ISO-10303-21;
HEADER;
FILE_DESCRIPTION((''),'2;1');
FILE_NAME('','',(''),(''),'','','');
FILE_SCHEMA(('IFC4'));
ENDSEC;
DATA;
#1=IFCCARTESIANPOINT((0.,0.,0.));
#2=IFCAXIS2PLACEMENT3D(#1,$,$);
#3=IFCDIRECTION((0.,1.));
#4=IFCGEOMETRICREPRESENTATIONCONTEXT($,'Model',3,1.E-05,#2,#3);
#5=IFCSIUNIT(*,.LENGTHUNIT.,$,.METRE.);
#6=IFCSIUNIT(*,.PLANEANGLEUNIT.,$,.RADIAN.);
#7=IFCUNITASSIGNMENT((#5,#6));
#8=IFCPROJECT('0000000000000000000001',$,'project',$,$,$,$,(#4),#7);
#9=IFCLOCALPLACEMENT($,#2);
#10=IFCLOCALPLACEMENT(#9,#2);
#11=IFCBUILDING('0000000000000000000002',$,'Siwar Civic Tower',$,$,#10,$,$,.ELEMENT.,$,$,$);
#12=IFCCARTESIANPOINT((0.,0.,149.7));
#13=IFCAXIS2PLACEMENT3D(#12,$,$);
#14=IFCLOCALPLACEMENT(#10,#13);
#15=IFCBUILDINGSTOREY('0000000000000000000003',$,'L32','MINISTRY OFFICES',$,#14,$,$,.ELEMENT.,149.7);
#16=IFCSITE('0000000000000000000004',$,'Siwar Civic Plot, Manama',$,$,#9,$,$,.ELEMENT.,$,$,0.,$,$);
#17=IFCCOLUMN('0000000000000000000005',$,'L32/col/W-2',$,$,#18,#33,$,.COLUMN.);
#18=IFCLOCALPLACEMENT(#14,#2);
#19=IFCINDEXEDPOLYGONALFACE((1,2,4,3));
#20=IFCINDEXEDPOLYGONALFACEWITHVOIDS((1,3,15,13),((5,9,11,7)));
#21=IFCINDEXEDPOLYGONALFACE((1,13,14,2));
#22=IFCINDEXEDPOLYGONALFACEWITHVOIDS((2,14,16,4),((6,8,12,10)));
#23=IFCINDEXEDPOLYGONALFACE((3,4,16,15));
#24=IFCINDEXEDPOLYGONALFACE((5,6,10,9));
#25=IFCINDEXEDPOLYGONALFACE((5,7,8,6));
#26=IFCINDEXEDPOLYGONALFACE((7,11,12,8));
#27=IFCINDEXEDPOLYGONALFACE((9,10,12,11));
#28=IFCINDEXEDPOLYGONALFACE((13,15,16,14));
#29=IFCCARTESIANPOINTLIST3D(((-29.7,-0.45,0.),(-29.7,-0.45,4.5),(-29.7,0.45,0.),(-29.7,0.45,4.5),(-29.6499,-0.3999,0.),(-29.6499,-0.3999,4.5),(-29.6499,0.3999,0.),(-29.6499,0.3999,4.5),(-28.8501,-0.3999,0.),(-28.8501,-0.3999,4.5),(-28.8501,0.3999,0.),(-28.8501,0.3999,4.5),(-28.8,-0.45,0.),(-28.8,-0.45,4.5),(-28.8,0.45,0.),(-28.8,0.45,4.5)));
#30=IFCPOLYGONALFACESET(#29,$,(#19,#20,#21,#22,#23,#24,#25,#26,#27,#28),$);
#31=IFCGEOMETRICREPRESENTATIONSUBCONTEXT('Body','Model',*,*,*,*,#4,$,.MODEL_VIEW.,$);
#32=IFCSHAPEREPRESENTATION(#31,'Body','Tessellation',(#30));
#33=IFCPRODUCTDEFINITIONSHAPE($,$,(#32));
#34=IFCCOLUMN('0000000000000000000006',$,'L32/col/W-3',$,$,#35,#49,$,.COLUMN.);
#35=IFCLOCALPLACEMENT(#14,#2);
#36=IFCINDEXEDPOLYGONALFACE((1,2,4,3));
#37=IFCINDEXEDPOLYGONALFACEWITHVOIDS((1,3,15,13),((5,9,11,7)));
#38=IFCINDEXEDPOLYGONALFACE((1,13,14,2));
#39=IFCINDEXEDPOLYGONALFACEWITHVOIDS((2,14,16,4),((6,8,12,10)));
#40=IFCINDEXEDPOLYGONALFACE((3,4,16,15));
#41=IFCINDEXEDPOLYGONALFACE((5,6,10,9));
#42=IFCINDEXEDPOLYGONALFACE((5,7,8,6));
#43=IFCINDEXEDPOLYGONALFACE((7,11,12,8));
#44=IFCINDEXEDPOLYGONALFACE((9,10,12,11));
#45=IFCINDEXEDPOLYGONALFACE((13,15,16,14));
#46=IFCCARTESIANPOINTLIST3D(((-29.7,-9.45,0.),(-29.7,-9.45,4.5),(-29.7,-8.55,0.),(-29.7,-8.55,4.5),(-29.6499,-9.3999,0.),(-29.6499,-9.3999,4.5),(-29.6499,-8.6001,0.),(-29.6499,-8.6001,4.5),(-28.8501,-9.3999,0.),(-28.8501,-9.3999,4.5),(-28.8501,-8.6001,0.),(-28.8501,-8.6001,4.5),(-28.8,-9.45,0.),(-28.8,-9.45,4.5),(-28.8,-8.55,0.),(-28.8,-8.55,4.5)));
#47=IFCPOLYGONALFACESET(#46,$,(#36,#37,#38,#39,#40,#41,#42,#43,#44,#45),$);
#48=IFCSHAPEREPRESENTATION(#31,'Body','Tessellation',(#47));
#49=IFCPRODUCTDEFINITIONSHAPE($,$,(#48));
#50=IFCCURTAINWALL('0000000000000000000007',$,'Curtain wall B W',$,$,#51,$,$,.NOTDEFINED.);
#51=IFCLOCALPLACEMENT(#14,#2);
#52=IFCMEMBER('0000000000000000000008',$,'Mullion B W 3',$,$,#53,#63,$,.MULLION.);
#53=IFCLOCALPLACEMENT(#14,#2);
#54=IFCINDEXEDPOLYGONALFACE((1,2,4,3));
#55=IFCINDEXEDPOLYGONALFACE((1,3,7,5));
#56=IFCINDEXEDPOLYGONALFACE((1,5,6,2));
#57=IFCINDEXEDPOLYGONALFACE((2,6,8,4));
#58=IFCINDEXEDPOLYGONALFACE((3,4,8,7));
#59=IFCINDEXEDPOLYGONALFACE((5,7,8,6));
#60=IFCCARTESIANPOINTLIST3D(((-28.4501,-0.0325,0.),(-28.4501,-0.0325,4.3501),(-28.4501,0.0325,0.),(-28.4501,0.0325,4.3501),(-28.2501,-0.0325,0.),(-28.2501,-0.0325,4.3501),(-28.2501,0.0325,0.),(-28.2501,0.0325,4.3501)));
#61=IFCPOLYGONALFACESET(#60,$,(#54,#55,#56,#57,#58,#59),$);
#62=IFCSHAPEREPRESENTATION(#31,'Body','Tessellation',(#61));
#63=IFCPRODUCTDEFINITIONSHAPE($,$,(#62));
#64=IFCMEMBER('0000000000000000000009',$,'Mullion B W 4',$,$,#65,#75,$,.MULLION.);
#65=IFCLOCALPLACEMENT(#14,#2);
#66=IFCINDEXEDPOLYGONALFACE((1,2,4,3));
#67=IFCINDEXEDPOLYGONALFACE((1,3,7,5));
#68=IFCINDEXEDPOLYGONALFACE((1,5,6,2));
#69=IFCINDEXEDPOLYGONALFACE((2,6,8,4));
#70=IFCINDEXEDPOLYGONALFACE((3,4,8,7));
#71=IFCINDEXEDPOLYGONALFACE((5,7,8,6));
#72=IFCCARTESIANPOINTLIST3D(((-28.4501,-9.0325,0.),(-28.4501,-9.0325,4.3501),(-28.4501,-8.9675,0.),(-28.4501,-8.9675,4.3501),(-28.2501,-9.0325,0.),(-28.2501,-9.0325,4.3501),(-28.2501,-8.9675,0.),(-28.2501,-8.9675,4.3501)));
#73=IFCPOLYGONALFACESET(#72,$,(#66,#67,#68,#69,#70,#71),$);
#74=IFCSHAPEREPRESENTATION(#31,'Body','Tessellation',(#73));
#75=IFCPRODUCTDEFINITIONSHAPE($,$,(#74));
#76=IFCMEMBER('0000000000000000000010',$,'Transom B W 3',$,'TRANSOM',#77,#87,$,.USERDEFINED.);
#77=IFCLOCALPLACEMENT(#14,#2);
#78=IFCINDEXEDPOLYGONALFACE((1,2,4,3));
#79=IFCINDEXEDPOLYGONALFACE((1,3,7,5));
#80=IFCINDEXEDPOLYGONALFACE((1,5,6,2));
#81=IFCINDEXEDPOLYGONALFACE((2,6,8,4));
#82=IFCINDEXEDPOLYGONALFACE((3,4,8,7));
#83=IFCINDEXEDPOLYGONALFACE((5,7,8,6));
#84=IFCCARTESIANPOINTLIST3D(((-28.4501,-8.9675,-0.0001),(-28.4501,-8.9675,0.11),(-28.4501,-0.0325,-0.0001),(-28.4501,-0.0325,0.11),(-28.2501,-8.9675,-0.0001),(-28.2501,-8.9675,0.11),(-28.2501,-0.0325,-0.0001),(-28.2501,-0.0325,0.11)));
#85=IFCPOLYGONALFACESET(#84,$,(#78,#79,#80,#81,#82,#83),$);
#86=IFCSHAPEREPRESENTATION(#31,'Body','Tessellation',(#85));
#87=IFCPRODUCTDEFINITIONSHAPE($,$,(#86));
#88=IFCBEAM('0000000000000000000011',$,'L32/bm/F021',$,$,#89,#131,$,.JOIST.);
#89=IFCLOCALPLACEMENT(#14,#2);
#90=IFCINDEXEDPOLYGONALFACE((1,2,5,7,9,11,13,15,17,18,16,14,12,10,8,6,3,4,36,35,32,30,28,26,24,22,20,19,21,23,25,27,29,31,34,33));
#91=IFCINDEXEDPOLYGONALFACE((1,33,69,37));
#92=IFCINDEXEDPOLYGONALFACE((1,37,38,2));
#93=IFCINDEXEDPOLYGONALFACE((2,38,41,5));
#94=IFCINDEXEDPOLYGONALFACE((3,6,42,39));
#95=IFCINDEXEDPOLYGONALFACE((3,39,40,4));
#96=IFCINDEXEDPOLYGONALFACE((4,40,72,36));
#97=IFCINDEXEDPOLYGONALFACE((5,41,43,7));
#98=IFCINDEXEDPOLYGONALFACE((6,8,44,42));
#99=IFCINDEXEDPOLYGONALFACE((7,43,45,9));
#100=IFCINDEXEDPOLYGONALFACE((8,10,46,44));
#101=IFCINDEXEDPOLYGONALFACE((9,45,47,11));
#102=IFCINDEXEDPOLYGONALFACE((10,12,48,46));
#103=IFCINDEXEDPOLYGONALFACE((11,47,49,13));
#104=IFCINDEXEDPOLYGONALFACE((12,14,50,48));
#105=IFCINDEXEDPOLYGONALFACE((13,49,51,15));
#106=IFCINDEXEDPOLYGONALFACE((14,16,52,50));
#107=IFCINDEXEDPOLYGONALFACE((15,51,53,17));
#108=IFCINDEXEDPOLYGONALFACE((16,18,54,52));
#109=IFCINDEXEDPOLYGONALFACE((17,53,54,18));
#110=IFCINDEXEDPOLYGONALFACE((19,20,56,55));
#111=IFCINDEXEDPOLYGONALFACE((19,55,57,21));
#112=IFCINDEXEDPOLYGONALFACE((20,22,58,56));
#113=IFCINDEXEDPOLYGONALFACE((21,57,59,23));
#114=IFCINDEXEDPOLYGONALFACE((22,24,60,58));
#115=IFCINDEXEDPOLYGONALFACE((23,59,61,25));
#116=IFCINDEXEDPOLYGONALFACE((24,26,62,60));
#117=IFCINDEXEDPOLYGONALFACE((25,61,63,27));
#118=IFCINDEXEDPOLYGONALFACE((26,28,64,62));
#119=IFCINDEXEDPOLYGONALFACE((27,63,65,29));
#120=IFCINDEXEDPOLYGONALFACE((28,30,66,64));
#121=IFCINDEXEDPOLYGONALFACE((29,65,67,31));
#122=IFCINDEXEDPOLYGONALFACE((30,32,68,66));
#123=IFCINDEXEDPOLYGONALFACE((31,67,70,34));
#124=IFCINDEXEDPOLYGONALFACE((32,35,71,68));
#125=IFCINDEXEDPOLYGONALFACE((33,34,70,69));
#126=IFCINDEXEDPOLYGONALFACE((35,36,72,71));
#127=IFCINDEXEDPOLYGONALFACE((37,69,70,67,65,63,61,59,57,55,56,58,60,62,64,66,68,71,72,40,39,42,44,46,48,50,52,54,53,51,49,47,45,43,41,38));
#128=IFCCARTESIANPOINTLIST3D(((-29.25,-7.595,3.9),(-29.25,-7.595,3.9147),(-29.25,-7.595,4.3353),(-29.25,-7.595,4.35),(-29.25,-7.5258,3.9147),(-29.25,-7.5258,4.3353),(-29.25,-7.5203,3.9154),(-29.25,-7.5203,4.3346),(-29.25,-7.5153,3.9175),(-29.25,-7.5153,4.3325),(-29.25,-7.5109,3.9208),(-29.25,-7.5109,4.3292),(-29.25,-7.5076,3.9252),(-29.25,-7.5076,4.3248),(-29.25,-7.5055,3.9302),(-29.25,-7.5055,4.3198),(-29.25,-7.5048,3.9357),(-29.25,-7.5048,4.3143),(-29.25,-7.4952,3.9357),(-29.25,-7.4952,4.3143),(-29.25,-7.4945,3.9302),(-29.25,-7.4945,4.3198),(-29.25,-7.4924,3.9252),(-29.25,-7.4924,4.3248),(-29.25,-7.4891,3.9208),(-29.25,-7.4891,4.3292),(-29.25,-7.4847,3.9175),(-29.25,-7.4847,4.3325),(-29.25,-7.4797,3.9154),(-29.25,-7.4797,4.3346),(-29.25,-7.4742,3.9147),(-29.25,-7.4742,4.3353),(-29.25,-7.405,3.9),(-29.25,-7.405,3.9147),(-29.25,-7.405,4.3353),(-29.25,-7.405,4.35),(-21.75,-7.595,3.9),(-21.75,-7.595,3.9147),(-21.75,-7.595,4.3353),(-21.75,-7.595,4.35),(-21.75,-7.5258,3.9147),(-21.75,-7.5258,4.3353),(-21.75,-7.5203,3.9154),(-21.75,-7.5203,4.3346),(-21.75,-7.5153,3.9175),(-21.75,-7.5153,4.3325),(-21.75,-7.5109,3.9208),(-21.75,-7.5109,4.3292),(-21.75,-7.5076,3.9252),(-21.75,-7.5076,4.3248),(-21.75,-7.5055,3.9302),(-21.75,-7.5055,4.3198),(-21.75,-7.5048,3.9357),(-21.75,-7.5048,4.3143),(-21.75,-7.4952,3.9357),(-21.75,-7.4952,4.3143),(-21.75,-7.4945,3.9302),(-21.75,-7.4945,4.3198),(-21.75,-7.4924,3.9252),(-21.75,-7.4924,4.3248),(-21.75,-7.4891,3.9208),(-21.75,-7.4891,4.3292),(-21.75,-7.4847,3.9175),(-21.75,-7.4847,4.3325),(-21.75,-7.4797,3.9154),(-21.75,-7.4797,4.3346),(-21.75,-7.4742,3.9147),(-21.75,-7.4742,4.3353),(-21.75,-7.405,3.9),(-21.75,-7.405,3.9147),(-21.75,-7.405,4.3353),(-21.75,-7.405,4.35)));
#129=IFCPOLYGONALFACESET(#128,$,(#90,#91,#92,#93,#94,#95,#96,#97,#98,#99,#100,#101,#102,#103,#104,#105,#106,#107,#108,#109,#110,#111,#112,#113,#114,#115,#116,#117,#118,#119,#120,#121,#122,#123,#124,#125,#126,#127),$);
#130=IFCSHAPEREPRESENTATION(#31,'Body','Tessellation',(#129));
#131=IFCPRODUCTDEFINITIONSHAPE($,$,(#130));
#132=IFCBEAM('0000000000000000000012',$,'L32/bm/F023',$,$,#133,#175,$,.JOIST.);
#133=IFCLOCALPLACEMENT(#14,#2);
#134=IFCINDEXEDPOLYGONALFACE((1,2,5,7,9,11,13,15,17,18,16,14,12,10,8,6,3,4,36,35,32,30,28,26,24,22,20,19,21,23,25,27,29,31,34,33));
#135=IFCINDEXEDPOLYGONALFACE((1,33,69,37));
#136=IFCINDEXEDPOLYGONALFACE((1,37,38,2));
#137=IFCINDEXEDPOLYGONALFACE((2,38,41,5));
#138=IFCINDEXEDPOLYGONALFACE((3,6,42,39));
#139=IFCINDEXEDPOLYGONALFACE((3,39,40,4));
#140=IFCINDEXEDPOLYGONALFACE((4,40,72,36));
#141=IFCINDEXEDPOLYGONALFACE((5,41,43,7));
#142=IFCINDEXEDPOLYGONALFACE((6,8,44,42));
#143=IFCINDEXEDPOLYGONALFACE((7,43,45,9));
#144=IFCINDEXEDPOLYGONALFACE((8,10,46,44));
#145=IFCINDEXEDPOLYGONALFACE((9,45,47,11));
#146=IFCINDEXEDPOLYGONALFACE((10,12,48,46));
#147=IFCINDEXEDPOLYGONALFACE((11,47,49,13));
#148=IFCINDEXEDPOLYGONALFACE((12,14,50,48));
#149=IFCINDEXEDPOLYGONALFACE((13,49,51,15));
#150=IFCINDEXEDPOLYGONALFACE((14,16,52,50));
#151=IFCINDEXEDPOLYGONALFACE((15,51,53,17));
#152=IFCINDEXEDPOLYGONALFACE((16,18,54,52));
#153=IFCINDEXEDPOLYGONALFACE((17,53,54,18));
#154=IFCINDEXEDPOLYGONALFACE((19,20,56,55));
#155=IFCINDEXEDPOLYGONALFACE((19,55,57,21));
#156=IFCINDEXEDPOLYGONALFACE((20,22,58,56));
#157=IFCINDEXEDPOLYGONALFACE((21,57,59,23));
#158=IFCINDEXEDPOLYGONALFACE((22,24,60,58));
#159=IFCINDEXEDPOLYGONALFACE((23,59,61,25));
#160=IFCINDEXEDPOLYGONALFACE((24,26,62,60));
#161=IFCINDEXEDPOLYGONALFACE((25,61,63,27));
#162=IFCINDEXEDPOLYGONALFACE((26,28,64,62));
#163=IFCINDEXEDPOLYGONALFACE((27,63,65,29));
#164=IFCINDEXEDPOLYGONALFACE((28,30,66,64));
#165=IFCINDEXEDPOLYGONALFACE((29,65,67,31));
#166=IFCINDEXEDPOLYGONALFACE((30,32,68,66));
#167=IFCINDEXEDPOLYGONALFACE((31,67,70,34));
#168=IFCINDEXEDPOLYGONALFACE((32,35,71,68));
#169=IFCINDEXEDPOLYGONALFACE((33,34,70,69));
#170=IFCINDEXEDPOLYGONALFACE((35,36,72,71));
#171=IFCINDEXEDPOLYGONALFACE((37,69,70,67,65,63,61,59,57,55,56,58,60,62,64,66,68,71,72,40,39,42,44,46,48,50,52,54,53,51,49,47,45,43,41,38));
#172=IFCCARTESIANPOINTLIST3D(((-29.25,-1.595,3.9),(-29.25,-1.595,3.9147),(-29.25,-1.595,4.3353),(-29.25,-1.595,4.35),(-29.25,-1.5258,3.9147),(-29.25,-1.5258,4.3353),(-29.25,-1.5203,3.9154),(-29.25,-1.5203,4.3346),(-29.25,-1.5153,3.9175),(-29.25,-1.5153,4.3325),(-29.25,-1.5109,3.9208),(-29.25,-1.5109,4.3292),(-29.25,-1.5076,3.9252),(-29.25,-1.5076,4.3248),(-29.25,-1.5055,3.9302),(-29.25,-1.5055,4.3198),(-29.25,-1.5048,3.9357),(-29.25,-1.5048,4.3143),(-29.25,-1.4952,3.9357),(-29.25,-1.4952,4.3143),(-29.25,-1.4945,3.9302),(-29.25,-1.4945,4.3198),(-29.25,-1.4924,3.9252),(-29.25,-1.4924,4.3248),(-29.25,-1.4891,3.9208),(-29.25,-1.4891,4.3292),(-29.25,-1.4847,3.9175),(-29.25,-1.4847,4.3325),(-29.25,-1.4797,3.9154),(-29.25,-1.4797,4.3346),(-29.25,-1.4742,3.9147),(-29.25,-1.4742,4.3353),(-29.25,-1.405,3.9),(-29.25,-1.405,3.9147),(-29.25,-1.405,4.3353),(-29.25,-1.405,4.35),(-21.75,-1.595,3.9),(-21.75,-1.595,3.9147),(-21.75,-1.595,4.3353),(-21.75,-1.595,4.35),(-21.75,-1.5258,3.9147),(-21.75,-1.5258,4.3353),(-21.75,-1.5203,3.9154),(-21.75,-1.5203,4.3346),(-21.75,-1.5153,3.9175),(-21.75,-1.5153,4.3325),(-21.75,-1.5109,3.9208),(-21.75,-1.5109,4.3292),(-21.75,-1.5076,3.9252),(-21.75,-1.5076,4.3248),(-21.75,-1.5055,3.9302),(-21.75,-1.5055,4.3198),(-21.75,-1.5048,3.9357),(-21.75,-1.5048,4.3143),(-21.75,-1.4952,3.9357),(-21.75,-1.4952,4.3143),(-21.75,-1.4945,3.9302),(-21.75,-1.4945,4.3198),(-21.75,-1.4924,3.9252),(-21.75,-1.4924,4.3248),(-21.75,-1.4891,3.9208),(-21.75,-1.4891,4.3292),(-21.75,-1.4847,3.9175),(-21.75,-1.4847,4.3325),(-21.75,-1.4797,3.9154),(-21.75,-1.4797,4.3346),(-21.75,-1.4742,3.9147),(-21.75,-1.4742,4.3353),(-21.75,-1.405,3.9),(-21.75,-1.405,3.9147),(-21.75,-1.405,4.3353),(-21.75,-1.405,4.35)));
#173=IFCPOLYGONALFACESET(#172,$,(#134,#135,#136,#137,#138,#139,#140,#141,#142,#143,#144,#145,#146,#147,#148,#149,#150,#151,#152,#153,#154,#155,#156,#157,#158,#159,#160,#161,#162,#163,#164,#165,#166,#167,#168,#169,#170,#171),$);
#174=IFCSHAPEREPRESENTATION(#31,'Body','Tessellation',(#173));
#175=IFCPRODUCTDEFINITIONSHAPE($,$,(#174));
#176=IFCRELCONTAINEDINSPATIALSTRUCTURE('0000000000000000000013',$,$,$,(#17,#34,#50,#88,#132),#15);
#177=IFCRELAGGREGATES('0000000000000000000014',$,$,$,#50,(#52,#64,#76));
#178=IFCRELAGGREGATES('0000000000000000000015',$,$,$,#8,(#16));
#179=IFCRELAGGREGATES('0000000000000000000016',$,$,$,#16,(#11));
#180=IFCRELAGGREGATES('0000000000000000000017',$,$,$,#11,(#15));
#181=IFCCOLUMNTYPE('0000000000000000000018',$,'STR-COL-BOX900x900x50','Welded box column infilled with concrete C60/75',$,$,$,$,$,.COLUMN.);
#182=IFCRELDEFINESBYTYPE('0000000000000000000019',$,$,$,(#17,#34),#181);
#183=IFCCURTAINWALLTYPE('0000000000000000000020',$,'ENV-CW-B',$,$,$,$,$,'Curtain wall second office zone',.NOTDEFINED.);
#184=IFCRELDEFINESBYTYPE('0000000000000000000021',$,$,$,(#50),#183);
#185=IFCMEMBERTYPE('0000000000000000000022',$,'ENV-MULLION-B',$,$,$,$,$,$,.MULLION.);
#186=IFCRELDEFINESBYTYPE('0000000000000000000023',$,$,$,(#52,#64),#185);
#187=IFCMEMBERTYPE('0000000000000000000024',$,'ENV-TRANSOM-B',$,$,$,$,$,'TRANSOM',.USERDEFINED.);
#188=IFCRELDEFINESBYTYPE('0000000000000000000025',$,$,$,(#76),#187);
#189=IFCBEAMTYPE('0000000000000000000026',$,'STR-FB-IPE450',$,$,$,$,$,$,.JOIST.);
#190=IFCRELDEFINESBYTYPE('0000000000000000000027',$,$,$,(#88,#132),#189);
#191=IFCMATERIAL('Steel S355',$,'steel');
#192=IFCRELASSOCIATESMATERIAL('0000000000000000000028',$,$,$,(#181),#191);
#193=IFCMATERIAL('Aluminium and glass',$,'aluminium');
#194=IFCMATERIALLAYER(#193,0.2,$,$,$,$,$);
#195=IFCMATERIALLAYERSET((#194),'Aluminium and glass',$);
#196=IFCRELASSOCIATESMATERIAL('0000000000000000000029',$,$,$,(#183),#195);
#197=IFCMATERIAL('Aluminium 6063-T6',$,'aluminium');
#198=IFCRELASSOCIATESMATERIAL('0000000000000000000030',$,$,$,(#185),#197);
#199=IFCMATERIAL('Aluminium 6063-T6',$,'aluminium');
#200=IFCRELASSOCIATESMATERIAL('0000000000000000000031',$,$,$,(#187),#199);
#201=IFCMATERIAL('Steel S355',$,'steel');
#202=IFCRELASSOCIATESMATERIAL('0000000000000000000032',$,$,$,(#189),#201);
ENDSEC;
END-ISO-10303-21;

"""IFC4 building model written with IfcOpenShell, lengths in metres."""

from ifc_helpers import new_model, si_unit, direction, frame, origin, origin_2d, place, context, subcontext, project, spatial, rectangle, hollow_rectangle, i_section, extrude, material, layer, layer_set, material_profile, profile_set, type_object, element, aggregate, save


model = new_model("IFC4")

# Units and contexts
model_context = context("Model", 3, precision=1e-05, world=origin(), true_north=direction((0.0, 1.0)))
body_context = subcontext(model_context, "Body", "Model", "MODEL_VIEW")
ifc_project = project(units=[si_unit("LENGTHUNIT", "METRE"), si_unit("PLANEANGLEUNIT", "RADIAN")], contexts=[model_context])

# Site, building, storey
site_placement = place(None, origin())
site = spatial("IfcSite", under=ifc_project, at=site_placement, Name="Siwar Civic Plot, Manama", CompositionType="ELEMENT", RefElevation=0.0)
building_placement = place(site_placement, origin())
building = spatial("IfcBuilding", under=site, at=building_placement, Name="Siwar Civic Tower", CompositionType="ELEMENT")
storey_placement = place(building_placement, frame((0.0, 0.0, 149.7)))
storey = spatial("IfcBuildingStorey", under=building, at=storey_placement, Name="L32", Description="MINISTRY OFFICES", CompositionType="ELEMENT", Elevation=149.7)

# Columns
ifc_material_1 = material(Name="Steel S355", Category="steel")
ifc_material_profile_1 = material_profile(ifc_material_1, hollow_rectangle(XDim=0.8999, YDim=0.8999, WallThickness=0.05, at=origin_2d()), Name="BOX900x900x50")
ifc_profile_set_1 = profile_set([ifc_material_profile_1], Name="Steel S355")
column_type = type_object("IfcColumnType", Name="STR-COL-BOX900x900x50", Description="Welded box column infilled with concrete C60/75", PredefinedType="COLUMN", material=ifc_profile_set_1)
for number, where, z_axis, x_axis, name in (
    (1, (-29.25, 0.0, 0.0), (0.0, 0.0, 1.0), (1.0, 0.0, 0.0), "L32/col/W-2"),
    (2, (-29.25, -9.0, 0.0), (0.0, 0.0, 1.0), (1.0, 0.0, 0.0), "L32/col/W-3"),
):
    element("IfcColumn", number, at=place(storey_placement, frame(where, z_axis=z_axis, x_axis=x_axis)), inside=storey, type_object=column_type, Name=name, PredefinedType="COLUMN", context=body_context, shape_type="SweptSolid", body=[
        extrude(hollow_rectangle(XDim=0.8999, YDim=0.8999, WallThickness=0.05, at=origin_2d()), origin(), (0.0, 0.0, 1.0), 4.5),
    ])

# Curtain wall, members
ifc_material_2 = material(Name="Aluminium and glass", Category="aluminium")
ifc_layer_1 = layer(ifc_material_2, 0.2)
ifc_layer_set_1 = layer_set([ifc_layer_1], Name="Aluminium and glass")
curtain_wall_type = type_object("IfcCurtainWallType", Name="ENV-CW-B", ElementType="Curtain wall second office zone", PredefinedType="NOTDEFINED", material=ifc_layer_set_1)
curtain_wall_placement = place(storey_placement, origin())
curtain_wall = element("IfcCurtainWall", 3, at=curtain_wall_placement, inside=storey, type_object=curtain_wall_type, Name="Curtain wall B W", PredefinedType="NOTDEFINED")
ifc_material_3 = material(Name="Aluminium 6063-T6", Category="aluminium")
ifc_material_profile_2 = material_profile(ifc_material_3, rectangle(XDim=0.2, YDim=0.0649, at=origin_2d()), Name="AL 200x65")
ifc_profile_set_2 = profile_set([ifc_material_profile_2], Name="Aluminium 6063-T6")
member_type_1 = type_object("IfcMemberType", Name="ENV-MULLION-B", PredefinedType="MULLION", material=ifc_profile_set_2)
member_1_placement = place(storey_placement, frame((-28.3501, 0.0, 0.0), z_axis=(0.0, 0.0, 1.0), x_axis=(1.0, 0.0, 0.0)))
member_1 = element("IfcMember", 4, at=member_1_placement, type_object=member_type_1, Name="Mullion B W 3", PredefinedType="MULLION", context=body_context, shape_type="SweptSolid", body=[
    extrude(rectangle(XDim=0.2, YDim=0.0649, at=origin_2d()), origin(), (0.0, 0.0, 1.0), 4.3501),
])
member_2_placement = place(storey_placement, frame((-28.3501, -9.0, 0.0), z_axis=(0.0, 0.0, 1.0), x_axis=(1.0, 0.0, 0.0)))
member_2 = element("IfcMember", 5, at=member_2_placement, type_object=member_type_1, Name="Mullion B W 4", PredefinedType="MULLION", context=body_context, shape_type="SweptSolid", body=[
    extrude(rectangle(XDim=0.2, YDim=0.0649, at=origin_2d()), origin(), (0.0, 0.0, 1.0), 4.3501),
])
ifc_material_4 = material(Name="Aluminium 6063-T6", Category="aluminium")
ifc_material_profile_3 = material_profile(ifc_material_4, rectangle(XDim=0.2, YDim=0.1101, at=origin_2d()), Name="AL 200x110")
ifc_profile_set_3 = profile_set([ifc_material_profile_3], Name="Aluminium 6063-T6")
member_type_2 = type_object("IfcMemberType", Name="ENV-TRANSOM-B", ElementType="TRANSOM", PredefinedType="USERDEFINED", material=ifc_profile_set_3)
member_3_placement = place(storey_placement, frame((-28.3501, -0.0325, 0.0549), z_axis=(0.0, -1.0, 0.0), x_axis=(1.0, 0.0, 0.0)))
member_3 = element("IfcMember", 6, at=member_3_placement, type_object=member_type_2, Name="Transom B W 3", ObjectType="TRANSOM", PredefinedType="USERDEFINED", context=body_context, shape_type="SweptSolid", body=[
    extrude(rectangle(XDim=0.2, YDim=0.1101, at=origin_2d()), origin(), (0.0, 0.0, 1.0), 8.9351),
])

# Beams
ifc_material_5 = material(Name="Steel S355", Category="steel")
ifc_material_profile_4 = material_profile(ifc_material_5, i_section(OverallWidth=0.1899, OverallDepth=0.45, WebThickness=0.0095, FlangeThickness=0.0146, FilletRadius=0.021, at=origin_2d()), Name="IPE450")
ifc_profile_set_4 = profile_set([ifc_material_profile_4], Name="Steel S355")
beam_type_1 = type_object("IfcBeamType", Name="STR-FB-IPE450", PredefinedType="JOIST", material=ifc_profile_set_4)
for number, where, z_axis, x_axis, name in (
    (7, (-29.25, -7.5, 4.125), (1.0, 0.0, 0.0), (0.0, 1.0, 0.0), "L32/bm/F021"),
    (8, (-29.25, -1.5, 4.125), (1.0, 0.0, 0.0), (0.0, 1.0, 0.0), "L32/bm/F023"),
):
    element("IfcBeam", number, at=place(storey_placement, frame(where, z_axis=z_axis, x_axis=x_axis)), inside=storey, type_object=beam_type_1, Name=name, PredefinedType="JOIST", context=body_context, shape_type="SweptSolid", body=[
        extrude(i_section(OverallWidth=0.1899, OverallDepth=0.45, WebThickness=0.0095, FlangeThickness=0.0146, FilletRadius=0.021, at=origin_2d()), origin(), (0.0, 0.0, 1.0), 7.5),
    ])

aggregate(curtain_wall, [member_1, member_2, member_3])

save(model, "model.ifc")
